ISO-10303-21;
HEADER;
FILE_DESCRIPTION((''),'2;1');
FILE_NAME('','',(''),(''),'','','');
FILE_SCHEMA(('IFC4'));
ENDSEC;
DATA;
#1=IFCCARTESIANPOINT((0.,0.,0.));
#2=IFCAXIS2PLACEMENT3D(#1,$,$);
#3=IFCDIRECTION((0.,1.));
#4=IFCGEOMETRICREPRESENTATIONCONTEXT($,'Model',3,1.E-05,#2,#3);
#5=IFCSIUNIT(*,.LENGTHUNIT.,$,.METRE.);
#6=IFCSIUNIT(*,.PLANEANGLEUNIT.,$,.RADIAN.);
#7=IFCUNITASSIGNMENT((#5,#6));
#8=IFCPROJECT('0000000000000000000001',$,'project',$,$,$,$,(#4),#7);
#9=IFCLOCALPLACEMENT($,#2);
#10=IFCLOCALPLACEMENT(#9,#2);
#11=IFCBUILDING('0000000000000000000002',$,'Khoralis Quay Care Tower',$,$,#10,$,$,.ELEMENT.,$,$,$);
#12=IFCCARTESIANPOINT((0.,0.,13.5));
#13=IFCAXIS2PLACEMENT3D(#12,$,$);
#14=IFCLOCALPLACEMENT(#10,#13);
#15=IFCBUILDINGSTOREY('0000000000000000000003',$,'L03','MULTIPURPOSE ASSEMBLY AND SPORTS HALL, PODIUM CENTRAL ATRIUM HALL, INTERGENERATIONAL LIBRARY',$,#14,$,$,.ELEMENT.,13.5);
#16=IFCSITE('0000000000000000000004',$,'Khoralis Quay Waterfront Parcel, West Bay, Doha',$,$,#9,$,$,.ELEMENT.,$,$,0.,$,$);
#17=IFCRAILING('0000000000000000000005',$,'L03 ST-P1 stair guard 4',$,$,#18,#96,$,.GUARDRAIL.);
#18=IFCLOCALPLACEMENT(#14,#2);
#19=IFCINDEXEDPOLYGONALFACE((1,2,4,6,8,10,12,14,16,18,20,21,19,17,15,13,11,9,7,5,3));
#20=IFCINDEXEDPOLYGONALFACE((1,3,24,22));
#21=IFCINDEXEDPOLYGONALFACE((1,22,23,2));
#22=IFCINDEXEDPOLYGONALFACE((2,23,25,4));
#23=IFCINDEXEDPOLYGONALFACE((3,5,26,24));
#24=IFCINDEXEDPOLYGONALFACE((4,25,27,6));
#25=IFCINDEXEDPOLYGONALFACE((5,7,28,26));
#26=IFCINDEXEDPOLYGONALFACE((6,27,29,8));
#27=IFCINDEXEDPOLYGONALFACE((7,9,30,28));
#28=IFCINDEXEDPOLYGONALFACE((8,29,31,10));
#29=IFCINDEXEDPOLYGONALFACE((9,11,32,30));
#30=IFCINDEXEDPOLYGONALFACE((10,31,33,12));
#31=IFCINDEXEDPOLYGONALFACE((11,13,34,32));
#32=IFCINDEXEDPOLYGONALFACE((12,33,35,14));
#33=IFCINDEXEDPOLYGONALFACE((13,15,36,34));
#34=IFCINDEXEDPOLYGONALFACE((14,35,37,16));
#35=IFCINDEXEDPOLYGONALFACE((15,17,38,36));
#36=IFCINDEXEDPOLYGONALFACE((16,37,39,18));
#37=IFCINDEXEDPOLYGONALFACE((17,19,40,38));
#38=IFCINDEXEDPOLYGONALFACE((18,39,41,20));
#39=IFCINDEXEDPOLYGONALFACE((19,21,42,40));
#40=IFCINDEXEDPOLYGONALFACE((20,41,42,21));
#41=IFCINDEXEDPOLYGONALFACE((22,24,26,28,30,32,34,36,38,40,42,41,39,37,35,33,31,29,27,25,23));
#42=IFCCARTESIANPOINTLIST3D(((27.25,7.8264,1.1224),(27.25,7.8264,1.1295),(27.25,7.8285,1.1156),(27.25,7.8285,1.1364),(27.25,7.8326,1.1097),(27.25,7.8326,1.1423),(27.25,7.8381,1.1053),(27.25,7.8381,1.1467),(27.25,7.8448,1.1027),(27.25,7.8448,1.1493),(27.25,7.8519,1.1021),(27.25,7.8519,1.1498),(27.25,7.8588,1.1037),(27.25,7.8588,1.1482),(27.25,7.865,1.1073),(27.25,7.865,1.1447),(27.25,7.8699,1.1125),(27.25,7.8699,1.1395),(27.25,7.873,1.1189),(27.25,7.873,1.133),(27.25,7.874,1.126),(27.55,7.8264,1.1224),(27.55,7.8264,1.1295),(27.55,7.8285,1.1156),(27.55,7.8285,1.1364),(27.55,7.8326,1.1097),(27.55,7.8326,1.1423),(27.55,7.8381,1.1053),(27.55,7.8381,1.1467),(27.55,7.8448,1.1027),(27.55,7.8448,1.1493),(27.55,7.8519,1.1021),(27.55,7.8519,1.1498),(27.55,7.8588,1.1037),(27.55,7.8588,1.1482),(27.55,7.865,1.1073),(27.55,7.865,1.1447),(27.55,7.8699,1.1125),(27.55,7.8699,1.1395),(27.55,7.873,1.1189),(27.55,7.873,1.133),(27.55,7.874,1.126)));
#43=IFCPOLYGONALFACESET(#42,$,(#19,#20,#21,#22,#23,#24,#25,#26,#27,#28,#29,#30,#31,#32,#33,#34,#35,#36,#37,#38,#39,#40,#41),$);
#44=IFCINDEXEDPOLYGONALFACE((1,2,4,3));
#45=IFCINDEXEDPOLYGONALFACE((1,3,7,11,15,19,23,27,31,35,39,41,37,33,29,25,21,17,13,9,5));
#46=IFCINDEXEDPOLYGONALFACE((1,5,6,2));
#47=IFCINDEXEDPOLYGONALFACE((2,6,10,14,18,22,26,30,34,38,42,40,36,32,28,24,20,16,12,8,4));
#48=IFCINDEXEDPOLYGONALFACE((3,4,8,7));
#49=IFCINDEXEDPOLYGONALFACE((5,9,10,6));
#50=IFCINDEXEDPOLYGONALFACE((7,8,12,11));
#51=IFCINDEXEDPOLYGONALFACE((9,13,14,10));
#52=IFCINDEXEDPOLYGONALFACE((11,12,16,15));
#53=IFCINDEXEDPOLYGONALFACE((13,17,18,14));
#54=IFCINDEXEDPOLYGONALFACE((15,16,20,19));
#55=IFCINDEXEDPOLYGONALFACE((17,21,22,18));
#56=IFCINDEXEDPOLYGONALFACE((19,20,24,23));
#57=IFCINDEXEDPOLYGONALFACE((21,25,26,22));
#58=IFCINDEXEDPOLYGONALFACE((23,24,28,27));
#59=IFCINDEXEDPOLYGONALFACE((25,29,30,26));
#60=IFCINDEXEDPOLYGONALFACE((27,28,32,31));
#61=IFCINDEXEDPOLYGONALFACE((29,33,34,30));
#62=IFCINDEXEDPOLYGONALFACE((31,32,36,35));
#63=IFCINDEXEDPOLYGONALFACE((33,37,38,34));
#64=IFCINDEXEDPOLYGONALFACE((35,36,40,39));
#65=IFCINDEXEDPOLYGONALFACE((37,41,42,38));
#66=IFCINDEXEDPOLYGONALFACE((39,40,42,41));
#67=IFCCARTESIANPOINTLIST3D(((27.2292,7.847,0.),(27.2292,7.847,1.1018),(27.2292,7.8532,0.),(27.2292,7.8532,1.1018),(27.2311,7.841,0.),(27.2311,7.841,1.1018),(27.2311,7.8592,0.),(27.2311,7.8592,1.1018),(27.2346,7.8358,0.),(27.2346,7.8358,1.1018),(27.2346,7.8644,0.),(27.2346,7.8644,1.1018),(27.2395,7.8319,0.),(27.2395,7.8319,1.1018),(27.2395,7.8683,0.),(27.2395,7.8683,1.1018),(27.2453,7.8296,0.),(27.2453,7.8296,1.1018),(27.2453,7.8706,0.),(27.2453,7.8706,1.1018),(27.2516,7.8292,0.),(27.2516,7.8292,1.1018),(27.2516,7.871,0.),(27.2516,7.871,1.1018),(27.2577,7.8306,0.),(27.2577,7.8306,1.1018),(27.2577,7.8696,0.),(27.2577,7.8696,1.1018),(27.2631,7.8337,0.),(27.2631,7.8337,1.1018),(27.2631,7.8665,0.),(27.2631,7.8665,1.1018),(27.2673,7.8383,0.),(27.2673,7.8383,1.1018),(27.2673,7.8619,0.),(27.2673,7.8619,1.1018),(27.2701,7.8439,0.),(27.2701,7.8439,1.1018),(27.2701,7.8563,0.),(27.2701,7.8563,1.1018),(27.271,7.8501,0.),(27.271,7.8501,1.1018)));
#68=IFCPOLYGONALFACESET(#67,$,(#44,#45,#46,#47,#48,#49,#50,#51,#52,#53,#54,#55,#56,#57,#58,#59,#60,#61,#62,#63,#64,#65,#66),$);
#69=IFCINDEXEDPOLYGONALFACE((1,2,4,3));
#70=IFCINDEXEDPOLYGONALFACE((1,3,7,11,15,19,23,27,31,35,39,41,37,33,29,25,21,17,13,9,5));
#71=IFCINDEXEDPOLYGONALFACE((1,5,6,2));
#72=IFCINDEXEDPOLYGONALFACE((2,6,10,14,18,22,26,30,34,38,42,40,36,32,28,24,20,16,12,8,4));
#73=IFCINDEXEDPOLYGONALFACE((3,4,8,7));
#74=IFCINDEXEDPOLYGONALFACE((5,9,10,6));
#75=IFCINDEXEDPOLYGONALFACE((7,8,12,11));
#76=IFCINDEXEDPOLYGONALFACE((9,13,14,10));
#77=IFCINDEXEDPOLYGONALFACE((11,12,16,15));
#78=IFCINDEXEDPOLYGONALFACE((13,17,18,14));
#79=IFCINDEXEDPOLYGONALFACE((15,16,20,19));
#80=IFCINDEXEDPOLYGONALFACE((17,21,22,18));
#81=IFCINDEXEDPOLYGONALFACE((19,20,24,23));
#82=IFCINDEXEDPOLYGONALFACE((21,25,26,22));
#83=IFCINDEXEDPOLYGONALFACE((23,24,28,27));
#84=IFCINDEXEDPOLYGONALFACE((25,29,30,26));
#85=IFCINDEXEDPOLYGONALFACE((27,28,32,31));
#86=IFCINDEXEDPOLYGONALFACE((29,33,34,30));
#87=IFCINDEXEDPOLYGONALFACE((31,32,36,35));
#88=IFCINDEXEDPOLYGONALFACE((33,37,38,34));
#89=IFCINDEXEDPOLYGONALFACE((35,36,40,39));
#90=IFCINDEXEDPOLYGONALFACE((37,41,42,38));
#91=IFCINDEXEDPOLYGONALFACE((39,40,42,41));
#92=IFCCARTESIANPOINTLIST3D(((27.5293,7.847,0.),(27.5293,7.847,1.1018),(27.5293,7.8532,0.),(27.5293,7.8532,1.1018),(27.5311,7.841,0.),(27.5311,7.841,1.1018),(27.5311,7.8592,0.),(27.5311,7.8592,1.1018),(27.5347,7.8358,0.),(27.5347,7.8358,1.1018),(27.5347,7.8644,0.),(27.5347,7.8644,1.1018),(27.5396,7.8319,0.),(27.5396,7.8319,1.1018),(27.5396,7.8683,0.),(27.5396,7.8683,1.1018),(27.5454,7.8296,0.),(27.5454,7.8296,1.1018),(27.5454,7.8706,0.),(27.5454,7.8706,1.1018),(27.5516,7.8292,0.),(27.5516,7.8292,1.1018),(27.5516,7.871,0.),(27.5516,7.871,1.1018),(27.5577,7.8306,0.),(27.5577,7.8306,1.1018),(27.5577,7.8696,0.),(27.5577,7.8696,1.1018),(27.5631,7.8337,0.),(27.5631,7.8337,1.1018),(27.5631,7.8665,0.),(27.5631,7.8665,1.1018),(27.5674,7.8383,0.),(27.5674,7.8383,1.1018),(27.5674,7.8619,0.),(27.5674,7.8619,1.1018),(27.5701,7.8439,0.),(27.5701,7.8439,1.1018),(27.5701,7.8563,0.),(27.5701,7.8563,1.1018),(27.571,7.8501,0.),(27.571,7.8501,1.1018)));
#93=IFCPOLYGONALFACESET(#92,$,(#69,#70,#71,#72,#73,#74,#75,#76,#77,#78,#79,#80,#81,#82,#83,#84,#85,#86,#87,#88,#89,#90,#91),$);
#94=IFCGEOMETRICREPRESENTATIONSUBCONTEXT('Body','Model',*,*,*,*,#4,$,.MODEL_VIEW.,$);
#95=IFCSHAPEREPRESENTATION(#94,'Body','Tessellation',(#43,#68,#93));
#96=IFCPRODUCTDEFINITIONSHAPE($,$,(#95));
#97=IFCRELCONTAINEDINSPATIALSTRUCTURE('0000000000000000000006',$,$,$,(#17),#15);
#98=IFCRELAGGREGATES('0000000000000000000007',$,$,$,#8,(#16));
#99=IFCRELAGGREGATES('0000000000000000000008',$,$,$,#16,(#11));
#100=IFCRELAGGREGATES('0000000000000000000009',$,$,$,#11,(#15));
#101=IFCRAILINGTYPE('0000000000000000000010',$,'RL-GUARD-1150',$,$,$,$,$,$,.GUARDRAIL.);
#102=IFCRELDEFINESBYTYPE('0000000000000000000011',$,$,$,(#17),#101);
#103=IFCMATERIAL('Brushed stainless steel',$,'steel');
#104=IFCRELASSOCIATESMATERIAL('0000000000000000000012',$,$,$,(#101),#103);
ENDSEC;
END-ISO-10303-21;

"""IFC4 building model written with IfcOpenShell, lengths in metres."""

from ifc_helpers import new_model, si_unit, direction, frame, origin, origin_2d, place, context, subcontext, project, spatial, circle, extrude, material, type_object, element, save


model = new_model("IFC4")

# Units and contexts
model_context = context("Model", 3, precision=1e-05, world=origin(), true_north=direction((0.0, 1.0)))
body_context = subcontext(model_context, "Body", "Model", "MODEL_VIEW")
ifc_project = project(units=[si_unit("LENGTHUNIT", "METRE"), si_unit("PLANEANGLEUNIT", "RADIAN")], contexts=[model_context])

# Site, building, storey
site_placement = place(None, origin())
site = spatial("IfcSite", under=ifc_project, at=site_placement, Name="Khoralis Quay Waterfront Parcel, West Bay, Doha", CompositionType="ELEMENT", RefElevation=0.0)
building_placement = place(site_placement, origin())
building = spatial("IfcBuilding", under=site, at=building_placement, Name="Khoralis Quay Care Tower", CompositionType="ELEMENT")
storey_placement = place(building_placement, frame((0.0, 0.0, 13.5)))
storey = spatial("IfcBuildingStorey", under=building, at=storey_placement, Name="L03", Description="MULTIPURPOSE ASSEMBLY AND SPORTS HALL, PODIUM CENTRAL ATRIUM HALL, INTERGENERATIONAL LIBRARY", CompositionType="ELEMENT", Elevation=13.5)

# Railing
ifc_material_1 = material(Name="Brushed stainless steel", Category="steel")
railing_type_1 = type_object("IfcRailingType", Name="RL-GUARD-1150", PredefinedType="GUARDRAIL", material=ifc_material_1)
railing_1_placement = place(storey_placement, frame((27.25, 7.8501, 0.0)))
element("IfcRailing", 1, at=railing_1_placement, inside=storey, type_object=railing_type_1, Name="L03 ST-P1 stair guard 4", PredefinedType="GUARDRAIL", context=body_context, shape_type="SweptSolid", body=[
    extrude(circle(Radius=0.0239, at=origin_2d()), frame((0.0, 0.0, 1.126), z_axis=(1.0, 0.0, 0.0), x_axis=(0.0, 1.0, 0.0)), (0.0, 0.0, 1.0), 0.3),
    extrude(circle(Radius=0.021, at=origin_2d()), origin(), (0.0, 0.0, 1.0), 1.1018),
    extrude(circle(Radius=0.021, at=origin_2d()), frame((0.3, 0.0, 0.0)), (0.0, 0.0, 1.0), 1.1018),
])

save(model, "model.ifc")
